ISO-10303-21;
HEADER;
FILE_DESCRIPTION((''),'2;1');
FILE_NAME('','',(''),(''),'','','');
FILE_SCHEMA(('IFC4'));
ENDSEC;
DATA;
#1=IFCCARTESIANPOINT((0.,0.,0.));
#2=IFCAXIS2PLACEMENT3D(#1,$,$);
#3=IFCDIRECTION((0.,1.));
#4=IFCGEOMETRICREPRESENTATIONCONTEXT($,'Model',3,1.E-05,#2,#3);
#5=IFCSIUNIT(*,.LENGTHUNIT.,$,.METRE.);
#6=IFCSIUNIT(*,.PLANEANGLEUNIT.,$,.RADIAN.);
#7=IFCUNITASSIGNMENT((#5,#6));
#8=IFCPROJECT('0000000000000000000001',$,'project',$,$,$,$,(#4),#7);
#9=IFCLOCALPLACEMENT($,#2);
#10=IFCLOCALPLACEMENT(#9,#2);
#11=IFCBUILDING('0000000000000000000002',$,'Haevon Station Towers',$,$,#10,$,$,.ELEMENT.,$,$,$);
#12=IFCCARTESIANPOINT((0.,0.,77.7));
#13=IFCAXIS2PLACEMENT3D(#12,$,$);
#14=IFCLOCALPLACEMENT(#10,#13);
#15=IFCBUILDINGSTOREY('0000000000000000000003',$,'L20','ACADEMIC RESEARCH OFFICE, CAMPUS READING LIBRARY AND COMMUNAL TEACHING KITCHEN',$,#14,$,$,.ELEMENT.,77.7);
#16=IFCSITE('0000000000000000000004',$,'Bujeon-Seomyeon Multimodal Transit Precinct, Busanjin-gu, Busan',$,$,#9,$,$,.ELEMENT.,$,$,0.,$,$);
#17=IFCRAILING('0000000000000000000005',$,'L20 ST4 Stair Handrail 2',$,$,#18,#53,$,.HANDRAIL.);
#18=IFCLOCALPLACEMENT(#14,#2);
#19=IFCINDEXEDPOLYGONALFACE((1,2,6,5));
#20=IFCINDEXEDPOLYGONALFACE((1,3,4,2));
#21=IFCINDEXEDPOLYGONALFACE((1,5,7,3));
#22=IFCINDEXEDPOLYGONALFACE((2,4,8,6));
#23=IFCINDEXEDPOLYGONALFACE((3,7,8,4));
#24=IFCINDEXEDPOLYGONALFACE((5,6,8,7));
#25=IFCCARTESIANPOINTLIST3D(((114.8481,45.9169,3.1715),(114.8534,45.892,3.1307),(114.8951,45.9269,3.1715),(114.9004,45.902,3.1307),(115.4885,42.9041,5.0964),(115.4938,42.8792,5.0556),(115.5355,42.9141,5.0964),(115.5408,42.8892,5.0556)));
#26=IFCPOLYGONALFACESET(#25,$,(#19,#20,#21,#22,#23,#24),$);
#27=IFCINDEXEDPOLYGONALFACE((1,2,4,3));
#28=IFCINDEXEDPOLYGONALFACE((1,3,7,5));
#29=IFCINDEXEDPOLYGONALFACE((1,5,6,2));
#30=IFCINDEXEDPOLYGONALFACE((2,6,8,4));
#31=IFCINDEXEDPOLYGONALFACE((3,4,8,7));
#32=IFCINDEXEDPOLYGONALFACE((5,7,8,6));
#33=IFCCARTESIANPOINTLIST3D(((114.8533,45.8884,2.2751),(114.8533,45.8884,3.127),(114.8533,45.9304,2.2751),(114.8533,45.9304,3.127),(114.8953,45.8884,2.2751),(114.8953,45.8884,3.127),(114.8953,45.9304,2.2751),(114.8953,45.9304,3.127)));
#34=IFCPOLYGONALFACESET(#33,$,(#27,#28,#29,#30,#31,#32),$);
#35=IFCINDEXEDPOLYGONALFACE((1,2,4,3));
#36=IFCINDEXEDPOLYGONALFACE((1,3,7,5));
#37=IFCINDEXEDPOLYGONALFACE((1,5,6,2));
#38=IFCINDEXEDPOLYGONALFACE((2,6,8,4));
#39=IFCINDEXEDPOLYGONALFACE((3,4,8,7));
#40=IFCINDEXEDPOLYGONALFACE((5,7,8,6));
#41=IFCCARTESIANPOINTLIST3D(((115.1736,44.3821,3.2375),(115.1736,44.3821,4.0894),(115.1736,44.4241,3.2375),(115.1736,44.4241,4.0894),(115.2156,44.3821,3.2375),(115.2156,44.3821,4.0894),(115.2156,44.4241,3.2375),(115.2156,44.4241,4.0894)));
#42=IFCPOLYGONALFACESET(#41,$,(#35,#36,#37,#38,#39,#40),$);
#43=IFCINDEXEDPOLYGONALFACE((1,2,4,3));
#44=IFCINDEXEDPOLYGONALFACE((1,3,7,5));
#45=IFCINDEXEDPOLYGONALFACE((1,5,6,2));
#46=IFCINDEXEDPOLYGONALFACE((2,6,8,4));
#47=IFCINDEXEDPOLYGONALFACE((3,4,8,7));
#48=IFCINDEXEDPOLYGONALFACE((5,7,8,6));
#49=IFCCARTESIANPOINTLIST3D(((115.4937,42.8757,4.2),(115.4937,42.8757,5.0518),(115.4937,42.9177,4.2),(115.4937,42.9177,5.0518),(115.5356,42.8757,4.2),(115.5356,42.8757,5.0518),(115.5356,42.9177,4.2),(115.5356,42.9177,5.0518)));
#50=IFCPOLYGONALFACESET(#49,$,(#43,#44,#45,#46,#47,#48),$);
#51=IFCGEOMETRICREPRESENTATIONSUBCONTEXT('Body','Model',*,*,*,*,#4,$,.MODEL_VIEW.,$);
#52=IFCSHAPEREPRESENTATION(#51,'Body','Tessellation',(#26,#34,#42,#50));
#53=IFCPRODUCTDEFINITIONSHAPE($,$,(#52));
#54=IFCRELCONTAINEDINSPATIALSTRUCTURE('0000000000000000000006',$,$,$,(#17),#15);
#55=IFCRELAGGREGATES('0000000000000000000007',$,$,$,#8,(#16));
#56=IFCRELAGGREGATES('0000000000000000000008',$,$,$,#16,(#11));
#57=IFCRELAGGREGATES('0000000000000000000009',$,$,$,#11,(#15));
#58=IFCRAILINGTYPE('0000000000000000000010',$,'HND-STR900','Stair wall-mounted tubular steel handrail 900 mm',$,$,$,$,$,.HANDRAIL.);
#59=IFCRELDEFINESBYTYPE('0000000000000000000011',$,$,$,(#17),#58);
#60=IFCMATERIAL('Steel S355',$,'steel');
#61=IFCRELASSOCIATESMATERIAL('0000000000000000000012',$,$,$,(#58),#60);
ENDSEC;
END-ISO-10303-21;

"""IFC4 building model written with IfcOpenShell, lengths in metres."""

from ifc_helpers import new_model, si_unit, direction, frame, origin, origin_2d, place, context, subcontext, project, spatial, rectangle, extrude, material, type_object, element, save


model = new_model("IFC4")

# Units and contexts
model_context = context("Model", 3, precision=1e-05, world=origin(), true_north=direction((0.0, 1.0)))
body_context = subcontext(model_context, "Body", "Model", "MODEL_VIEW")
ifc_project = project(units=[si_unit("LENGTHUNIT", "METRE"), si_unit("PLANEANGLEUNIT", "RADIAN")], contexts=[model_context])

# Site, building, storey
site_placement = place(None, origin())
site = spatial("IfcSite", under=ifc_project, at=site_placement, Name="Bujeon-Seomyeon Multimodal Transit Precinct, Busanjin-gu, Busan", CompositionType="ELEMENT", RefElevation=0.0)
building_placement = place(site_placement, origin())
building = spatial("IfcBuilding", under=site, at=building_placement, Name="Haevon Station Towers", CompositionType="ELEMENT")
storey_placement = place(building_placement, frame((0.0, 0.0, 77.7)))
storey = spatial("IfcBuildingStorey", under=building, at=storey_placement, Name="L20", Description="ACADEMIC RESEARCH OFFICE, CAMPUS READING LIBRARY AND COMMUNAL TEACHING KITCHEN", CompositionType="ELEMENT", Elevation=77.7)

# Shared definitions
ifc_material_1 = material(Name="Steel S355", Category="steel")

# Railing
railing_type_1 = type_object("IfcRailingType", Name="HND-STR900", Description="Stair wall-mounted tubular steel handrail 900 mm", PredefinedType="HANDRAIL", material=ifc_material_1)
railing_1_placement = place(storey_placement, frame((114.8743, 45.9094, 2.2751)))
element("IfcRailing", 1, at=railing_1_placement, inside=storey, type_object=railing_type_1, Name="L20 ST4 Stair Handrail 2", PredefinedType="HANDRAIL", context=body_context, shape_type="SweptSolid", body=[
    extrude(rectangle(XDim=0.0481, YDim=0.0481, at=origin_2d()), frame((0.0, 0.0, 0.876), z_axis=(0.176317, -0.829491, 0.52996), x_axis=(0.978147, 0.207916, 0.0)), (0.0, 0.0, 1.0), 3.6321),
    extrude(rectangle(XDim=0.042, YDim=0.042, at=origin_2d()), origin(), (0.0, 0.0, 1.0), 0.8518),
    extrude(rectangle(XDim=0.042, YDim=0.042, at=origin_2d()), frame((0.3203, -1.5063, 0.9624)), (0.0, 0.0, 1.0), 0.8518),
    extrude(rectangle(XDim=0.042, YDim=0.042, at=origin_2d()), frame((0.6404, -3.0127, 1.9248)), (0.0, 0.0, 1.0), 0.8518),
])

save(model, "model.ifc")
